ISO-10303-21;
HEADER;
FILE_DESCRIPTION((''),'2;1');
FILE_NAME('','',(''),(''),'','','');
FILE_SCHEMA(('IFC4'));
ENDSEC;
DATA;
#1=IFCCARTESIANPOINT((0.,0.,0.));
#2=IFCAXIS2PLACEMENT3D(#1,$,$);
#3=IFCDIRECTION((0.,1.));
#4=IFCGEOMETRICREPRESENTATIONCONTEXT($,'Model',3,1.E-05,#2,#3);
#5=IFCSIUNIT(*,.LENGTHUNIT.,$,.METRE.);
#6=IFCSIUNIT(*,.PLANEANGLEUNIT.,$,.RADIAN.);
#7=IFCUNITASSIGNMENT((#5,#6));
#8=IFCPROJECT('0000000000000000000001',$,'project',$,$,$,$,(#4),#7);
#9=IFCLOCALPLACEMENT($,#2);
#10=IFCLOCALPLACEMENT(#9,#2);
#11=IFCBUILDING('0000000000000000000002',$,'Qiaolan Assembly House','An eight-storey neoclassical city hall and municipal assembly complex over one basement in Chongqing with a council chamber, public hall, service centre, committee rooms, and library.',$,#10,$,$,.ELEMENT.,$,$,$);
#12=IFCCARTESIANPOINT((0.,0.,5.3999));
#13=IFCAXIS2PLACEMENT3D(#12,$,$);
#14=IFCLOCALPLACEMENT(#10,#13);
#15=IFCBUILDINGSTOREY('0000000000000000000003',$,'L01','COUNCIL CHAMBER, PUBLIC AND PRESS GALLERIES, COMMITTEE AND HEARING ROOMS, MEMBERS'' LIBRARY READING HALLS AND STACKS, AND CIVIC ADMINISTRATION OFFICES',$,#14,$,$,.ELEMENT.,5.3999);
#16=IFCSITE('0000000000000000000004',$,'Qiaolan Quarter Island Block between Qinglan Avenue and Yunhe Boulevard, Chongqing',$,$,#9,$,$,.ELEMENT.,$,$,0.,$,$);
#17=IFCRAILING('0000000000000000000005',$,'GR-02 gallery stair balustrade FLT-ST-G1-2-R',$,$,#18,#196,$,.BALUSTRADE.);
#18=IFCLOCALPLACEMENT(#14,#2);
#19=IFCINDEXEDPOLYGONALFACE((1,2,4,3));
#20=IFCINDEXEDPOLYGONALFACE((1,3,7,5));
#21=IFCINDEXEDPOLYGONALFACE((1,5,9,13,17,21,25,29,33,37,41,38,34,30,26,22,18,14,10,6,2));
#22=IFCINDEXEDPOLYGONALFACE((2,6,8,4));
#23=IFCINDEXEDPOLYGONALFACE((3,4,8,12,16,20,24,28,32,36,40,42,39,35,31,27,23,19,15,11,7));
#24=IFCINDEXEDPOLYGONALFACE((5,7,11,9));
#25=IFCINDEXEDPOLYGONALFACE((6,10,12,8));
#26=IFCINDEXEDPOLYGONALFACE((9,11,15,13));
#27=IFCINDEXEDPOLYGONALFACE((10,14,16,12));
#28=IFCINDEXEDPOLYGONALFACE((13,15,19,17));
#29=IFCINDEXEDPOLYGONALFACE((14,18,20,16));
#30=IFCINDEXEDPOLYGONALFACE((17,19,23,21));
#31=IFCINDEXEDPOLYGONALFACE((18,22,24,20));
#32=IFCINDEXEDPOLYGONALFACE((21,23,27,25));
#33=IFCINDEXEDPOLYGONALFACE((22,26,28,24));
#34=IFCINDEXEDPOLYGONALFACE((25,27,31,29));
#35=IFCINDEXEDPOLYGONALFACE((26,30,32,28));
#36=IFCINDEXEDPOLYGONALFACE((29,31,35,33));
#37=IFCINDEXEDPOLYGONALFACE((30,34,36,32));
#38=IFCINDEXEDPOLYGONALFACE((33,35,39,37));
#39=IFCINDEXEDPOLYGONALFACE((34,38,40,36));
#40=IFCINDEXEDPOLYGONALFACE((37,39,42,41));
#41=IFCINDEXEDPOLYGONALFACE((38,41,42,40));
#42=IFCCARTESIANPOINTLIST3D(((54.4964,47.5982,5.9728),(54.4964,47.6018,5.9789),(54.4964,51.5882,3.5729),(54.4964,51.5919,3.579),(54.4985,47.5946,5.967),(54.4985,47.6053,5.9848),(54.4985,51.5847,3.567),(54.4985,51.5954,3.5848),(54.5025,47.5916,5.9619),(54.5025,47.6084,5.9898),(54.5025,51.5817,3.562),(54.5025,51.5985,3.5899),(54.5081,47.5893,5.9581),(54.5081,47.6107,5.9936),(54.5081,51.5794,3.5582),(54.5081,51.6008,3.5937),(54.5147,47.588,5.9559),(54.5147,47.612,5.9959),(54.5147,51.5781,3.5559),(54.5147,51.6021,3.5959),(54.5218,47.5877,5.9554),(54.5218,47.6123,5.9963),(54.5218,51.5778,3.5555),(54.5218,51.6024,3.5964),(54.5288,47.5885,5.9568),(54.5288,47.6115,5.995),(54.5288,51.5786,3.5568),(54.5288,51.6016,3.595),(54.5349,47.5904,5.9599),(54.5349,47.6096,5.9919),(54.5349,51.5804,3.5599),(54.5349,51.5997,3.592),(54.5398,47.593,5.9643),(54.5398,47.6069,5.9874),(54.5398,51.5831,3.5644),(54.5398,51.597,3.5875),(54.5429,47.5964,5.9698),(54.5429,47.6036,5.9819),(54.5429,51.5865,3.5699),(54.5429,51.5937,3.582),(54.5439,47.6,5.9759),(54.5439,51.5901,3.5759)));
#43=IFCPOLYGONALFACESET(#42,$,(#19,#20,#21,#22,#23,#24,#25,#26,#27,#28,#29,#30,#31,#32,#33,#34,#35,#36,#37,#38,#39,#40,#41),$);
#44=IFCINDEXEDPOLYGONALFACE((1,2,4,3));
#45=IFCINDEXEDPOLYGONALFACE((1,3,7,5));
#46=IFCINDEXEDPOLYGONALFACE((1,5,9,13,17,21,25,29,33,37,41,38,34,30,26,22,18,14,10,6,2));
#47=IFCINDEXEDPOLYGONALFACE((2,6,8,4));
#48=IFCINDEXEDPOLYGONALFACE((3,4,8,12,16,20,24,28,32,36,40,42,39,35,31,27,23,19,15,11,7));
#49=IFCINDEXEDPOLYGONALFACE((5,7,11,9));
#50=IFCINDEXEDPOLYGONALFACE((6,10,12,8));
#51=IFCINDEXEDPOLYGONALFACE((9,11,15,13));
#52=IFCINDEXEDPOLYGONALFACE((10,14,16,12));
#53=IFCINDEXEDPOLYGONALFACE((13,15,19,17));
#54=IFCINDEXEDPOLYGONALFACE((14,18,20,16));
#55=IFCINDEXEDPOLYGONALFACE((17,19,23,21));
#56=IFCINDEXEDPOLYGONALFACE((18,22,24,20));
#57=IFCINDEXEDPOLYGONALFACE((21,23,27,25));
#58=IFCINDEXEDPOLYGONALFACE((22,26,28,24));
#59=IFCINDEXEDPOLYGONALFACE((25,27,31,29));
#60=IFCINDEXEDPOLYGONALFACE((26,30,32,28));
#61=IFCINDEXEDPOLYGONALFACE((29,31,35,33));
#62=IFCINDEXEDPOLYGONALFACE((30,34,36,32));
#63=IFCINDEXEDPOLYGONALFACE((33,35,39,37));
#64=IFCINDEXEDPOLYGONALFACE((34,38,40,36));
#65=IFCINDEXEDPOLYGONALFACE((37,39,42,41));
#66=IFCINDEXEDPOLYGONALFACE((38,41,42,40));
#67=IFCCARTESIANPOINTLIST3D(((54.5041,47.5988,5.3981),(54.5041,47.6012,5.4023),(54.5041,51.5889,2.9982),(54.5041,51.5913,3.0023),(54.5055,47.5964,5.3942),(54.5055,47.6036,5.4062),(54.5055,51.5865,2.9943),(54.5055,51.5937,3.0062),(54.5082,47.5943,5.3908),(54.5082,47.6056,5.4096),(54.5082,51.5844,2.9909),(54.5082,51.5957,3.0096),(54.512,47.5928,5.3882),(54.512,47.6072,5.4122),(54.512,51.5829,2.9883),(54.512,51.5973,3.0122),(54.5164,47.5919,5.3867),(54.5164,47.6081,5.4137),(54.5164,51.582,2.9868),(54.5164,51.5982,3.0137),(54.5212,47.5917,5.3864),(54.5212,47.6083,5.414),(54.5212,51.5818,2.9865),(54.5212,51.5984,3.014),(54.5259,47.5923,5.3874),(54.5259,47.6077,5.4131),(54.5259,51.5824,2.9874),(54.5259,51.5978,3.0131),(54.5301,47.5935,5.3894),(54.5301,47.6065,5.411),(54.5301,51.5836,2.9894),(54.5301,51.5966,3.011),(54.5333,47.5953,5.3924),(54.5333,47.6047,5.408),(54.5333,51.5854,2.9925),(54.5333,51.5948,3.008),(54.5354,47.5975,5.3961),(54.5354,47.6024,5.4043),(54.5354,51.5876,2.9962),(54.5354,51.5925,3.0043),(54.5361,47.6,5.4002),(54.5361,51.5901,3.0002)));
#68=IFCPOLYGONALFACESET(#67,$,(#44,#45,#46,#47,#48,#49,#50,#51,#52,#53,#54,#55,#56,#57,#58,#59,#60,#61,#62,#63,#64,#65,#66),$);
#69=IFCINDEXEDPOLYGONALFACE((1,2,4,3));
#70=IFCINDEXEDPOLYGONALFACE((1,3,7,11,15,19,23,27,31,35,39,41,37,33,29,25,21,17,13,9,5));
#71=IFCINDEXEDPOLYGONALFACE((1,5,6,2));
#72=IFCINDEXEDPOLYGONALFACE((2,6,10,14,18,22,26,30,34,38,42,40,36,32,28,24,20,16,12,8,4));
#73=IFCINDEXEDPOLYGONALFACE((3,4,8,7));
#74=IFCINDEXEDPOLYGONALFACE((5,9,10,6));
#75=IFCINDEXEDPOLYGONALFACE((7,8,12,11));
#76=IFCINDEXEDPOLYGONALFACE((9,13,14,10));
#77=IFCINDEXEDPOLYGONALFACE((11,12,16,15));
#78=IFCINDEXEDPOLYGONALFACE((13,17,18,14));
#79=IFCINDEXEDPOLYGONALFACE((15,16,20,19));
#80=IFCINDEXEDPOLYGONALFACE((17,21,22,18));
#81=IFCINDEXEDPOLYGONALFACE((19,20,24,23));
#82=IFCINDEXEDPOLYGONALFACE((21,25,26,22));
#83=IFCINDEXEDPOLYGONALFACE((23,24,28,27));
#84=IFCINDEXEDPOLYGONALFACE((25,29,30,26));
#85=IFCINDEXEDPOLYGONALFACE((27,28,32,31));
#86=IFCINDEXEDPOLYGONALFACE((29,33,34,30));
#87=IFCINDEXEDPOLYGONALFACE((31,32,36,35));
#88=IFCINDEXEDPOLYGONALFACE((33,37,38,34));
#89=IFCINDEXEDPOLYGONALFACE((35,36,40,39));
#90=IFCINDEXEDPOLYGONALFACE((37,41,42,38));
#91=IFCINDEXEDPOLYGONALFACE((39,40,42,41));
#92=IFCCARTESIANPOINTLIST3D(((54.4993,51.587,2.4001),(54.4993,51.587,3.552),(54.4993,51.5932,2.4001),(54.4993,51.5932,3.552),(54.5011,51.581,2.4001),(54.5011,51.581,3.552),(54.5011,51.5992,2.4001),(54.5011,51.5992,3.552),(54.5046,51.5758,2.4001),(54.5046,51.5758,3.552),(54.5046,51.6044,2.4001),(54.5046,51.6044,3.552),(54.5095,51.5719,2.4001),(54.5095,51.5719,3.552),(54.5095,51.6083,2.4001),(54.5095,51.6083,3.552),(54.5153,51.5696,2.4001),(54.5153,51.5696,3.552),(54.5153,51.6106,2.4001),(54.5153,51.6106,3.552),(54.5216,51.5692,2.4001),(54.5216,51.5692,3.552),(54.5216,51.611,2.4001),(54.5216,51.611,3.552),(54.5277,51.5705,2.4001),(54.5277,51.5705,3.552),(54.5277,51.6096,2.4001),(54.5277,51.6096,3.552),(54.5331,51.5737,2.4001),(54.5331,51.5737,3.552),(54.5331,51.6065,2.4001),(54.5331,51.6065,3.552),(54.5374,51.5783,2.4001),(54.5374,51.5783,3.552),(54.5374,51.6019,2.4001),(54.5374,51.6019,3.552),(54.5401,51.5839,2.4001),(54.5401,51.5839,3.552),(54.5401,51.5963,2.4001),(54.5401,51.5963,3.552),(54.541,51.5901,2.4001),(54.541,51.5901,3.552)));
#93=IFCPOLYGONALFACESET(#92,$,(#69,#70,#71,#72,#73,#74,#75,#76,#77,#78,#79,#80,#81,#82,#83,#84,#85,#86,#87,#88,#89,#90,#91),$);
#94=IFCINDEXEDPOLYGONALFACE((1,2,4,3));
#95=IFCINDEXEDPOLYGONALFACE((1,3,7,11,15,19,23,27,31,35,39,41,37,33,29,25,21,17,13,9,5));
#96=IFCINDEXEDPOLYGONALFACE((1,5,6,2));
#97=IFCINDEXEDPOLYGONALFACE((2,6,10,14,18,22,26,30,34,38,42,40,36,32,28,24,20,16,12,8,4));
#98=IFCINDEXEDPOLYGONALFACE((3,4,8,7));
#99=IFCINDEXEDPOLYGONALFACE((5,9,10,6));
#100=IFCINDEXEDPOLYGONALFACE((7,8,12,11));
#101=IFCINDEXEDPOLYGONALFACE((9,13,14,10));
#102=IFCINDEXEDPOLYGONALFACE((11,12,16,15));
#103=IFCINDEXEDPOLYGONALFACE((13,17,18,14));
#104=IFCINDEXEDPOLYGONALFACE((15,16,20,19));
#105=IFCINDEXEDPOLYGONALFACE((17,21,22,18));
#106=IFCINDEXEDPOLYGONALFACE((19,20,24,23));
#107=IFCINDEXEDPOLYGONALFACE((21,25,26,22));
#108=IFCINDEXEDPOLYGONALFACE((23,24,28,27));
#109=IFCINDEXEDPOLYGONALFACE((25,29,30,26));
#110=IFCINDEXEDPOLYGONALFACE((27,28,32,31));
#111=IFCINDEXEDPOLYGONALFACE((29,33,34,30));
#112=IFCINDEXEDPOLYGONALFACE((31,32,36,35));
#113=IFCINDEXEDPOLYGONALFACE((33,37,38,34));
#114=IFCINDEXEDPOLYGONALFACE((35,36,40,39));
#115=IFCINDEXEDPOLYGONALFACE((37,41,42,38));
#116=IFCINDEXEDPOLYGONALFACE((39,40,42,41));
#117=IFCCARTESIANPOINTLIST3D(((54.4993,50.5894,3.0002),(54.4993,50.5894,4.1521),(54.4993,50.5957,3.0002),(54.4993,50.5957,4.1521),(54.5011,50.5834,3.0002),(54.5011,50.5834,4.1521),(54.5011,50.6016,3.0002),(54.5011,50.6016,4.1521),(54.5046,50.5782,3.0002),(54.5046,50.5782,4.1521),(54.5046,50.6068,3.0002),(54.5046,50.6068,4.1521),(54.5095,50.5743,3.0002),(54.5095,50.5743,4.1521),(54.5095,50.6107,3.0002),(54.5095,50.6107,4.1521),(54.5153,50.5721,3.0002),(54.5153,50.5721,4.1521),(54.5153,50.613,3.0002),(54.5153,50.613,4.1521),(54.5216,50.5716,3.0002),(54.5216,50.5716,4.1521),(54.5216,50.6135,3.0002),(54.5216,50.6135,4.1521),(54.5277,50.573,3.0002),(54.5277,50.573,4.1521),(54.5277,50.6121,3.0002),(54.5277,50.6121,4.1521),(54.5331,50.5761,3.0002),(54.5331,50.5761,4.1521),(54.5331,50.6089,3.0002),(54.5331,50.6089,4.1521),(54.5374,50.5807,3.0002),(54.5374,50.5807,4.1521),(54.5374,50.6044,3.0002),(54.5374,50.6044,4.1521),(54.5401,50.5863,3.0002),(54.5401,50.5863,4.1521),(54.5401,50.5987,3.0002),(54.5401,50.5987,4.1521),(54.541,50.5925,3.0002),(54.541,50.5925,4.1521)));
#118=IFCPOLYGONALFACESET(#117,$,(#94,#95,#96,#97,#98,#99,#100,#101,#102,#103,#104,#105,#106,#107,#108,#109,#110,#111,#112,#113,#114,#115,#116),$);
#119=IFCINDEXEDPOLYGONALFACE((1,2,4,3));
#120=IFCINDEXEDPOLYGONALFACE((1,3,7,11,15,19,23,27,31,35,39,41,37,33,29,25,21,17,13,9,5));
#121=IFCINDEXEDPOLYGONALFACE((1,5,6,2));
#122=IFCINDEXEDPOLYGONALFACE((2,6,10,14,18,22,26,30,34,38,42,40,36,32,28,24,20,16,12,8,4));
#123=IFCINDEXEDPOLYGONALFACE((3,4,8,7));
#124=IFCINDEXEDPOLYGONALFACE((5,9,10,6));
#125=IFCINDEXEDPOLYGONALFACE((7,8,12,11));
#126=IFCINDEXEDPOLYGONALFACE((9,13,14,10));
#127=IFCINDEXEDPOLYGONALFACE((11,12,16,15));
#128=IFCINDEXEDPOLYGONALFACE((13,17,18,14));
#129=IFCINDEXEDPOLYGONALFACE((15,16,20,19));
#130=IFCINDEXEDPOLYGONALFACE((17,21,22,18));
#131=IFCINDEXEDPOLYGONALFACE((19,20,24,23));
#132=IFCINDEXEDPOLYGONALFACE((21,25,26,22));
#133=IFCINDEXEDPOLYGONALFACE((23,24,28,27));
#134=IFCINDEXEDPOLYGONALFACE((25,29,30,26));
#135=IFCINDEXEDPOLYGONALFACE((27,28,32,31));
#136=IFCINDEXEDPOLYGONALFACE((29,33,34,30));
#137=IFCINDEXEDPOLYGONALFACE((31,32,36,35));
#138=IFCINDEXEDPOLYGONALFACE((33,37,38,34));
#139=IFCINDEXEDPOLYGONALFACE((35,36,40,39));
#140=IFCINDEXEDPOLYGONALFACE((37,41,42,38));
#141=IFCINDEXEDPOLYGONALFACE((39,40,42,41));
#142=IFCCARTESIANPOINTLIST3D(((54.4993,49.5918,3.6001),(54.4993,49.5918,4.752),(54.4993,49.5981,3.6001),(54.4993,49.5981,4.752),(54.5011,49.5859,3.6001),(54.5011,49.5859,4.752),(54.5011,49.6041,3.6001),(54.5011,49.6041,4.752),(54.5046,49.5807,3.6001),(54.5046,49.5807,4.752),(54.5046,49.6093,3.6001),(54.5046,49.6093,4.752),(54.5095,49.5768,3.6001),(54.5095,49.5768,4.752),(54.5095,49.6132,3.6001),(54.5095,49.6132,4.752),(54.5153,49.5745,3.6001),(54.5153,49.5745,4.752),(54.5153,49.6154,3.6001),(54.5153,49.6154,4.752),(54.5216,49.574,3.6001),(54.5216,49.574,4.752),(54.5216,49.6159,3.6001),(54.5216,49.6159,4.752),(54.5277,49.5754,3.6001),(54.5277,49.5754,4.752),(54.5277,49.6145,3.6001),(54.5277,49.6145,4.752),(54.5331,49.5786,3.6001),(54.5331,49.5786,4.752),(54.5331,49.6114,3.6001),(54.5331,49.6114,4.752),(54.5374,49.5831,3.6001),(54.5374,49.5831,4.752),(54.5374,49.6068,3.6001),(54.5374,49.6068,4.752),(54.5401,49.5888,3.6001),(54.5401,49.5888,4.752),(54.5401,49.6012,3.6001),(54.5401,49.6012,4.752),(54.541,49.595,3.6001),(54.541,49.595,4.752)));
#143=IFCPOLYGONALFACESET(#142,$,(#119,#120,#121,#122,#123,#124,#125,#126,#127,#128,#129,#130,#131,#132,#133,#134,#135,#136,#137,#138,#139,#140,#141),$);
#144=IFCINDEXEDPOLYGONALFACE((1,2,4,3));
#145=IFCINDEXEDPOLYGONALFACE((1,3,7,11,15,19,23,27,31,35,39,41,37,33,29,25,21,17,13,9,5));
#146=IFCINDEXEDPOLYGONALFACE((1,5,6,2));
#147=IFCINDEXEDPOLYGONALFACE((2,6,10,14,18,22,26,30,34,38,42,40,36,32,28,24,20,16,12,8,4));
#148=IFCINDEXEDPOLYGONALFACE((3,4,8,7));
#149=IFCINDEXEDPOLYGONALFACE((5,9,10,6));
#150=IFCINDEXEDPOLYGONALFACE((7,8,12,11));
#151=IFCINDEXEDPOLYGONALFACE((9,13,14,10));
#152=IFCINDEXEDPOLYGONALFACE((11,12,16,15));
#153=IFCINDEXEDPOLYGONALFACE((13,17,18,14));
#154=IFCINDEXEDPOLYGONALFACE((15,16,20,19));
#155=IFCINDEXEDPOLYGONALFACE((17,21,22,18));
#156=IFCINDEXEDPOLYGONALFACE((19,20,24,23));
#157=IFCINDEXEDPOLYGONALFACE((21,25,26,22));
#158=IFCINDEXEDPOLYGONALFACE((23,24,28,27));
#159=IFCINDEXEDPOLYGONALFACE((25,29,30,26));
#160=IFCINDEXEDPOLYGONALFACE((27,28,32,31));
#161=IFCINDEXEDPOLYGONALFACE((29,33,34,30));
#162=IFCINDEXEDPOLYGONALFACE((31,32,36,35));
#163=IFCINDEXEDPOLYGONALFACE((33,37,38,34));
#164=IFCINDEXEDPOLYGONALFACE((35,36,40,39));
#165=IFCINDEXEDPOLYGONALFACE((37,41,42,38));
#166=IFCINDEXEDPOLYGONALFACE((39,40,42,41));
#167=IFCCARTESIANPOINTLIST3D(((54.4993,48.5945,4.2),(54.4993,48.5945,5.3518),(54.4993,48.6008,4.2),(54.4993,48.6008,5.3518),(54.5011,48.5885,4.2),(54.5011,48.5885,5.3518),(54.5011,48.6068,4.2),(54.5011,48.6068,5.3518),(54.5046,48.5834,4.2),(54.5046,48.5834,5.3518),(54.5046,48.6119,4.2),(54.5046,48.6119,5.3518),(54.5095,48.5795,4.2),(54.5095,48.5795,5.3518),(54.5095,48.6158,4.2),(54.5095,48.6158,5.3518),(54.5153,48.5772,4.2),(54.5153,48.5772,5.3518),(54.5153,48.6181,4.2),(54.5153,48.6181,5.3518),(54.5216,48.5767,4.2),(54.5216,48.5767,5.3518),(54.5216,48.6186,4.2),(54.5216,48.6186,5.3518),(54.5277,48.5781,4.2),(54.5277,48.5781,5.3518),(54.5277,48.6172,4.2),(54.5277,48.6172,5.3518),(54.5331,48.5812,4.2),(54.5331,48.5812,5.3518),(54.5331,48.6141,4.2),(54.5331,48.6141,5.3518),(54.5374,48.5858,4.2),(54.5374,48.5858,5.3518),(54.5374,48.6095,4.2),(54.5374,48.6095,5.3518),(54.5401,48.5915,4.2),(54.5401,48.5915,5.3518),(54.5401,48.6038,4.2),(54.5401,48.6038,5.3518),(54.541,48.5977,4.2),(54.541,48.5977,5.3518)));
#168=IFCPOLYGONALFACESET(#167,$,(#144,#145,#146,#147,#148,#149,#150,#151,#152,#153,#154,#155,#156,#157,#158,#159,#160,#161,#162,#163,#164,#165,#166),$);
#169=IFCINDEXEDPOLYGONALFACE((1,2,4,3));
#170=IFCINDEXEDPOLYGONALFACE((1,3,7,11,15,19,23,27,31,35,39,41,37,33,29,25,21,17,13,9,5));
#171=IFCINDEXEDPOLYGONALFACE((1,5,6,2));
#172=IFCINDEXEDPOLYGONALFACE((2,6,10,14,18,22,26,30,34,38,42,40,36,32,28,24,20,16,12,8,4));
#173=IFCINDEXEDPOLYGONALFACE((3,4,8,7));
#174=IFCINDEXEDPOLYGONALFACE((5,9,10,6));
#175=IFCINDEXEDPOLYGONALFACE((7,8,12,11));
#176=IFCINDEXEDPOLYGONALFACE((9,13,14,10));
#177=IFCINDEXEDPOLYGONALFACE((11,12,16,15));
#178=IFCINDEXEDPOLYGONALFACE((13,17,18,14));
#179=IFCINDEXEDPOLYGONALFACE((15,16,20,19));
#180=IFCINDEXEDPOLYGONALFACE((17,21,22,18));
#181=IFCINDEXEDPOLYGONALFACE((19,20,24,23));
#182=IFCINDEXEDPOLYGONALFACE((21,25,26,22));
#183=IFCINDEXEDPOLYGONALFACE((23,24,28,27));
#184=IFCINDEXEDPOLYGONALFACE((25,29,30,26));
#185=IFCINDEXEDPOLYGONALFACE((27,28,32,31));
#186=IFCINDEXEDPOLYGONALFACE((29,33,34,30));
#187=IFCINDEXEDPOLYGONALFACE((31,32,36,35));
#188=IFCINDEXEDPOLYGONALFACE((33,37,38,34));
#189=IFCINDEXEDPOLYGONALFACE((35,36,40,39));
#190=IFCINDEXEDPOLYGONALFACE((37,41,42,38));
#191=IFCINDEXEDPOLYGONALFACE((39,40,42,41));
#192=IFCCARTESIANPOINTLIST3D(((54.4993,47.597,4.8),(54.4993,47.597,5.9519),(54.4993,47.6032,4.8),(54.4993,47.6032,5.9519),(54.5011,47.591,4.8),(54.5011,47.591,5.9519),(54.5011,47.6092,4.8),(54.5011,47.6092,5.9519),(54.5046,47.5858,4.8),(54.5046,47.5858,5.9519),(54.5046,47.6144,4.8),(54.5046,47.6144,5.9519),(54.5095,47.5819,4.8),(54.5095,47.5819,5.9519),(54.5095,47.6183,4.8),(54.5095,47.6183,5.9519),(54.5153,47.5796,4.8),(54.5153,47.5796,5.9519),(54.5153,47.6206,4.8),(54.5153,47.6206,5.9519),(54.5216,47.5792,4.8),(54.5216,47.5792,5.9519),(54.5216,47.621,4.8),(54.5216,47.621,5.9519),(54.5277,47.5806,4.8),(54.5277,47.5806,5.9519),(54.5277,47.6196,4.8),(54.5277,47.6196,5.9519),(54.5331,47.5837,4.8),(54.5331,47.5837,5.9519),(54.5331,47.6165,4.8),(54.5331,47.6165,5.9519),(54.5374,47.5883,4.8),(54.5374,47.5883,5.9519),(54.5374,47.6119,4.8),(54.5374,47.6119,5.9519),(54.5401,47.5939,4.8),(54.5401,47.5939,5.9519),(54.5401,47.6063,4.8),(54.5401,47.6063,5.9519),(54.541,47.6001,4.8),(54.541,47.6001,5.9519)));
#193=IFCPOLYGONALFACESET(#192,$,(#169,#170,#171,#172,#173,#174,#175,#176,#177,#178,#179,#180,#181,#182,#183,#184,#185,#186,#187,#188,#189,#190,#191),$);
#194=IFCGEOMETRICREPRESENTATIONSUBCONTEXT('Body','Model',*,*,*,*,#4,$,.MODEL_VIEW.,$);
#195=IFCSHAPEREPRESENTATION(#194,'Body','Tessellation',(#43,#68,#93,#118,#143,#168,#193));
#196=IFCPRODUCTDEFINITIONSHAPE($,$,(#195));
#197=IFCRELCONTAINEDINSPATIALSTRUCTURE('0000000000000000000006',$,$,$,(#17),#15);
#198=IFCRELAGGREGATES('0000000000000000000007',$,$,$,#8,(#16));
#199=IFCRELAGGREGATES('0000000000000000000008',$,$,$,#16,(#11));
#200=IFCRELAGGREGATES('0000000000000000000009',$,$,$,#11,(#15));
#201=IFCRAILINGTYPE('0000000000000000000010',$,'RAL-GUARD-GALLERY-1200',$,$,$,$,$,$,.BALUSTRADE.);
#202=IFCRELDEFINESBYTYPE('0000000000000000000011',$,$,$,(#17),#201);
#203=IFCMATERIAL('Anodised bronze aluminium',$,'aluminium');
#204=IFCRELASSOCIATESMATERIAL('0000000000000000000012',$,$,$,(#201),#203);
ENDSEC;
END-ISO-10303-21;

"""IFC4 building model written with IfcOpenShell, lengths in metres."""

from ifc_helpers import new_model, si_unit, direction, frame, origin, origin_2d, place, context, subcontext, project, spatial, circle, extrude, material, type_object, element, save


model = new_model("IFC4")

# Units and contexts
model_context = context("Model", 3, precision=1e-05, world=origin(), true_north=direction((0.0, 1.0)))
body_context = subcontext(model_context, "Body", "Model", "MODEL_VIEW")
ifc_project = project(units=[si_unit("LENGTHUNIT", "METRE"), si_unit("PLANEANGLEUNIT", "RADIAN")], contexts=[model_context])

# Site, building, storey
site_placement = place(None, origin())
site = spatial("IfcSite", under=ifc_project, at=site_placement, Name="Qiaolan Quarter Island Block between Qinglan Avenue and Yunhe Boulevard, Chongqing", CompositionType="ELEMENT", RefElevation=0.0)
building_placement = place(site_placement, origin())
building = spatial("IfcBuilding", under=site, at=building_placement, Name="Qiaolan Assembly House", Description="An eight-storey neoclassical city hall and municipal assembly complex over one basement in Chongqing with a council chamber, public hall, service centre, committee rooms, and library.", CompositionType="ELEMENT")
storey_placement = place(building_placement, frame((0.0, 0.0, 5.3999)))
storey = spatial("IfcBuildingStorey", under=building, at=storey_placement, Name="L01", Description="COUNCIL CHAMBER, PUBLIC AND PRESS GALLERIES, COMMITTEE AND HEARING ROOMS, MEMBERS' LIBRARY READING HALLS AND STACKS, AND CIVIC ADMINISTRATION OFFICES", CompositionType="ELEMENT", Elevation=5.3999)

# Railing
ifc_material_1 = material(Name="Anodised bronze aluminium", Category="aluminium")
railing_type_1 = type_object("IfcRailingType", Name="RAL-GUARD-GALLERY-1200", PredefinedType="BALUSTRADE", material=ifc_material_1)
railing_1_placement = place(storey_placement, frame((54.52, 51.5901, 2.4001)))
element("IfcRailing", 1, at=railing_1_placement, inside=storey, type_object=railing_type_1, Name="GR-02 gallery stair balustrade FLT-ST-G1-2-R", PredefinedType="BALUSTRADE", context=body_context, shape_type="SweptSolid", body=[
    extrude(circle(Radius=0.0239, at=origin_2d()), frame((0.0, 0.0, 1.1758), z_axis=(0.0, -0.856933, 0.515428), x_axis=(1.0, 0.0, 0.0)), (0.0, 0.0, 1.0), 4.6562),
    extrude(circle(Radius=0.0161, at=origin_2d()), frame((0.0, 0.0, 0.6001), z_axis=(0.0, -0.856933, 0.515428), x_axis=(1.0, 0.0, 0.0)), (0.0, 0.0, 1.0), 4.6562),
    extrude(circle(Radius=0.021, at=origin_2d()), origin(), (0.0, 0.0, 1.0), 1.1519),
    extrude(circle(Radius=0.021, at=origin_2d()), frame((0.0, -0.9976, 0.6001)), (0.0, 0.0, 1.0), 1.1519),
    extrude(circle(Radius=0.021, at=origin_2d()), frame((0.0, -1.9951, 1.2)), (0.0, 0.0, 1.0), 1.1519),
    extrude(circle(Radius=0.021, at=origin_2d()), frame((0.0, -2.9924, 1.7998)), (0.0, 0.0, 1.0), 1.1519),
    extrude(circle(Radius=0.021, at=origin_2d()), frame((0.0, -3.99, 2.3999)), (0.0, 0.0, 1.0), 1.1519),
])

save(model, "model.ifc")
